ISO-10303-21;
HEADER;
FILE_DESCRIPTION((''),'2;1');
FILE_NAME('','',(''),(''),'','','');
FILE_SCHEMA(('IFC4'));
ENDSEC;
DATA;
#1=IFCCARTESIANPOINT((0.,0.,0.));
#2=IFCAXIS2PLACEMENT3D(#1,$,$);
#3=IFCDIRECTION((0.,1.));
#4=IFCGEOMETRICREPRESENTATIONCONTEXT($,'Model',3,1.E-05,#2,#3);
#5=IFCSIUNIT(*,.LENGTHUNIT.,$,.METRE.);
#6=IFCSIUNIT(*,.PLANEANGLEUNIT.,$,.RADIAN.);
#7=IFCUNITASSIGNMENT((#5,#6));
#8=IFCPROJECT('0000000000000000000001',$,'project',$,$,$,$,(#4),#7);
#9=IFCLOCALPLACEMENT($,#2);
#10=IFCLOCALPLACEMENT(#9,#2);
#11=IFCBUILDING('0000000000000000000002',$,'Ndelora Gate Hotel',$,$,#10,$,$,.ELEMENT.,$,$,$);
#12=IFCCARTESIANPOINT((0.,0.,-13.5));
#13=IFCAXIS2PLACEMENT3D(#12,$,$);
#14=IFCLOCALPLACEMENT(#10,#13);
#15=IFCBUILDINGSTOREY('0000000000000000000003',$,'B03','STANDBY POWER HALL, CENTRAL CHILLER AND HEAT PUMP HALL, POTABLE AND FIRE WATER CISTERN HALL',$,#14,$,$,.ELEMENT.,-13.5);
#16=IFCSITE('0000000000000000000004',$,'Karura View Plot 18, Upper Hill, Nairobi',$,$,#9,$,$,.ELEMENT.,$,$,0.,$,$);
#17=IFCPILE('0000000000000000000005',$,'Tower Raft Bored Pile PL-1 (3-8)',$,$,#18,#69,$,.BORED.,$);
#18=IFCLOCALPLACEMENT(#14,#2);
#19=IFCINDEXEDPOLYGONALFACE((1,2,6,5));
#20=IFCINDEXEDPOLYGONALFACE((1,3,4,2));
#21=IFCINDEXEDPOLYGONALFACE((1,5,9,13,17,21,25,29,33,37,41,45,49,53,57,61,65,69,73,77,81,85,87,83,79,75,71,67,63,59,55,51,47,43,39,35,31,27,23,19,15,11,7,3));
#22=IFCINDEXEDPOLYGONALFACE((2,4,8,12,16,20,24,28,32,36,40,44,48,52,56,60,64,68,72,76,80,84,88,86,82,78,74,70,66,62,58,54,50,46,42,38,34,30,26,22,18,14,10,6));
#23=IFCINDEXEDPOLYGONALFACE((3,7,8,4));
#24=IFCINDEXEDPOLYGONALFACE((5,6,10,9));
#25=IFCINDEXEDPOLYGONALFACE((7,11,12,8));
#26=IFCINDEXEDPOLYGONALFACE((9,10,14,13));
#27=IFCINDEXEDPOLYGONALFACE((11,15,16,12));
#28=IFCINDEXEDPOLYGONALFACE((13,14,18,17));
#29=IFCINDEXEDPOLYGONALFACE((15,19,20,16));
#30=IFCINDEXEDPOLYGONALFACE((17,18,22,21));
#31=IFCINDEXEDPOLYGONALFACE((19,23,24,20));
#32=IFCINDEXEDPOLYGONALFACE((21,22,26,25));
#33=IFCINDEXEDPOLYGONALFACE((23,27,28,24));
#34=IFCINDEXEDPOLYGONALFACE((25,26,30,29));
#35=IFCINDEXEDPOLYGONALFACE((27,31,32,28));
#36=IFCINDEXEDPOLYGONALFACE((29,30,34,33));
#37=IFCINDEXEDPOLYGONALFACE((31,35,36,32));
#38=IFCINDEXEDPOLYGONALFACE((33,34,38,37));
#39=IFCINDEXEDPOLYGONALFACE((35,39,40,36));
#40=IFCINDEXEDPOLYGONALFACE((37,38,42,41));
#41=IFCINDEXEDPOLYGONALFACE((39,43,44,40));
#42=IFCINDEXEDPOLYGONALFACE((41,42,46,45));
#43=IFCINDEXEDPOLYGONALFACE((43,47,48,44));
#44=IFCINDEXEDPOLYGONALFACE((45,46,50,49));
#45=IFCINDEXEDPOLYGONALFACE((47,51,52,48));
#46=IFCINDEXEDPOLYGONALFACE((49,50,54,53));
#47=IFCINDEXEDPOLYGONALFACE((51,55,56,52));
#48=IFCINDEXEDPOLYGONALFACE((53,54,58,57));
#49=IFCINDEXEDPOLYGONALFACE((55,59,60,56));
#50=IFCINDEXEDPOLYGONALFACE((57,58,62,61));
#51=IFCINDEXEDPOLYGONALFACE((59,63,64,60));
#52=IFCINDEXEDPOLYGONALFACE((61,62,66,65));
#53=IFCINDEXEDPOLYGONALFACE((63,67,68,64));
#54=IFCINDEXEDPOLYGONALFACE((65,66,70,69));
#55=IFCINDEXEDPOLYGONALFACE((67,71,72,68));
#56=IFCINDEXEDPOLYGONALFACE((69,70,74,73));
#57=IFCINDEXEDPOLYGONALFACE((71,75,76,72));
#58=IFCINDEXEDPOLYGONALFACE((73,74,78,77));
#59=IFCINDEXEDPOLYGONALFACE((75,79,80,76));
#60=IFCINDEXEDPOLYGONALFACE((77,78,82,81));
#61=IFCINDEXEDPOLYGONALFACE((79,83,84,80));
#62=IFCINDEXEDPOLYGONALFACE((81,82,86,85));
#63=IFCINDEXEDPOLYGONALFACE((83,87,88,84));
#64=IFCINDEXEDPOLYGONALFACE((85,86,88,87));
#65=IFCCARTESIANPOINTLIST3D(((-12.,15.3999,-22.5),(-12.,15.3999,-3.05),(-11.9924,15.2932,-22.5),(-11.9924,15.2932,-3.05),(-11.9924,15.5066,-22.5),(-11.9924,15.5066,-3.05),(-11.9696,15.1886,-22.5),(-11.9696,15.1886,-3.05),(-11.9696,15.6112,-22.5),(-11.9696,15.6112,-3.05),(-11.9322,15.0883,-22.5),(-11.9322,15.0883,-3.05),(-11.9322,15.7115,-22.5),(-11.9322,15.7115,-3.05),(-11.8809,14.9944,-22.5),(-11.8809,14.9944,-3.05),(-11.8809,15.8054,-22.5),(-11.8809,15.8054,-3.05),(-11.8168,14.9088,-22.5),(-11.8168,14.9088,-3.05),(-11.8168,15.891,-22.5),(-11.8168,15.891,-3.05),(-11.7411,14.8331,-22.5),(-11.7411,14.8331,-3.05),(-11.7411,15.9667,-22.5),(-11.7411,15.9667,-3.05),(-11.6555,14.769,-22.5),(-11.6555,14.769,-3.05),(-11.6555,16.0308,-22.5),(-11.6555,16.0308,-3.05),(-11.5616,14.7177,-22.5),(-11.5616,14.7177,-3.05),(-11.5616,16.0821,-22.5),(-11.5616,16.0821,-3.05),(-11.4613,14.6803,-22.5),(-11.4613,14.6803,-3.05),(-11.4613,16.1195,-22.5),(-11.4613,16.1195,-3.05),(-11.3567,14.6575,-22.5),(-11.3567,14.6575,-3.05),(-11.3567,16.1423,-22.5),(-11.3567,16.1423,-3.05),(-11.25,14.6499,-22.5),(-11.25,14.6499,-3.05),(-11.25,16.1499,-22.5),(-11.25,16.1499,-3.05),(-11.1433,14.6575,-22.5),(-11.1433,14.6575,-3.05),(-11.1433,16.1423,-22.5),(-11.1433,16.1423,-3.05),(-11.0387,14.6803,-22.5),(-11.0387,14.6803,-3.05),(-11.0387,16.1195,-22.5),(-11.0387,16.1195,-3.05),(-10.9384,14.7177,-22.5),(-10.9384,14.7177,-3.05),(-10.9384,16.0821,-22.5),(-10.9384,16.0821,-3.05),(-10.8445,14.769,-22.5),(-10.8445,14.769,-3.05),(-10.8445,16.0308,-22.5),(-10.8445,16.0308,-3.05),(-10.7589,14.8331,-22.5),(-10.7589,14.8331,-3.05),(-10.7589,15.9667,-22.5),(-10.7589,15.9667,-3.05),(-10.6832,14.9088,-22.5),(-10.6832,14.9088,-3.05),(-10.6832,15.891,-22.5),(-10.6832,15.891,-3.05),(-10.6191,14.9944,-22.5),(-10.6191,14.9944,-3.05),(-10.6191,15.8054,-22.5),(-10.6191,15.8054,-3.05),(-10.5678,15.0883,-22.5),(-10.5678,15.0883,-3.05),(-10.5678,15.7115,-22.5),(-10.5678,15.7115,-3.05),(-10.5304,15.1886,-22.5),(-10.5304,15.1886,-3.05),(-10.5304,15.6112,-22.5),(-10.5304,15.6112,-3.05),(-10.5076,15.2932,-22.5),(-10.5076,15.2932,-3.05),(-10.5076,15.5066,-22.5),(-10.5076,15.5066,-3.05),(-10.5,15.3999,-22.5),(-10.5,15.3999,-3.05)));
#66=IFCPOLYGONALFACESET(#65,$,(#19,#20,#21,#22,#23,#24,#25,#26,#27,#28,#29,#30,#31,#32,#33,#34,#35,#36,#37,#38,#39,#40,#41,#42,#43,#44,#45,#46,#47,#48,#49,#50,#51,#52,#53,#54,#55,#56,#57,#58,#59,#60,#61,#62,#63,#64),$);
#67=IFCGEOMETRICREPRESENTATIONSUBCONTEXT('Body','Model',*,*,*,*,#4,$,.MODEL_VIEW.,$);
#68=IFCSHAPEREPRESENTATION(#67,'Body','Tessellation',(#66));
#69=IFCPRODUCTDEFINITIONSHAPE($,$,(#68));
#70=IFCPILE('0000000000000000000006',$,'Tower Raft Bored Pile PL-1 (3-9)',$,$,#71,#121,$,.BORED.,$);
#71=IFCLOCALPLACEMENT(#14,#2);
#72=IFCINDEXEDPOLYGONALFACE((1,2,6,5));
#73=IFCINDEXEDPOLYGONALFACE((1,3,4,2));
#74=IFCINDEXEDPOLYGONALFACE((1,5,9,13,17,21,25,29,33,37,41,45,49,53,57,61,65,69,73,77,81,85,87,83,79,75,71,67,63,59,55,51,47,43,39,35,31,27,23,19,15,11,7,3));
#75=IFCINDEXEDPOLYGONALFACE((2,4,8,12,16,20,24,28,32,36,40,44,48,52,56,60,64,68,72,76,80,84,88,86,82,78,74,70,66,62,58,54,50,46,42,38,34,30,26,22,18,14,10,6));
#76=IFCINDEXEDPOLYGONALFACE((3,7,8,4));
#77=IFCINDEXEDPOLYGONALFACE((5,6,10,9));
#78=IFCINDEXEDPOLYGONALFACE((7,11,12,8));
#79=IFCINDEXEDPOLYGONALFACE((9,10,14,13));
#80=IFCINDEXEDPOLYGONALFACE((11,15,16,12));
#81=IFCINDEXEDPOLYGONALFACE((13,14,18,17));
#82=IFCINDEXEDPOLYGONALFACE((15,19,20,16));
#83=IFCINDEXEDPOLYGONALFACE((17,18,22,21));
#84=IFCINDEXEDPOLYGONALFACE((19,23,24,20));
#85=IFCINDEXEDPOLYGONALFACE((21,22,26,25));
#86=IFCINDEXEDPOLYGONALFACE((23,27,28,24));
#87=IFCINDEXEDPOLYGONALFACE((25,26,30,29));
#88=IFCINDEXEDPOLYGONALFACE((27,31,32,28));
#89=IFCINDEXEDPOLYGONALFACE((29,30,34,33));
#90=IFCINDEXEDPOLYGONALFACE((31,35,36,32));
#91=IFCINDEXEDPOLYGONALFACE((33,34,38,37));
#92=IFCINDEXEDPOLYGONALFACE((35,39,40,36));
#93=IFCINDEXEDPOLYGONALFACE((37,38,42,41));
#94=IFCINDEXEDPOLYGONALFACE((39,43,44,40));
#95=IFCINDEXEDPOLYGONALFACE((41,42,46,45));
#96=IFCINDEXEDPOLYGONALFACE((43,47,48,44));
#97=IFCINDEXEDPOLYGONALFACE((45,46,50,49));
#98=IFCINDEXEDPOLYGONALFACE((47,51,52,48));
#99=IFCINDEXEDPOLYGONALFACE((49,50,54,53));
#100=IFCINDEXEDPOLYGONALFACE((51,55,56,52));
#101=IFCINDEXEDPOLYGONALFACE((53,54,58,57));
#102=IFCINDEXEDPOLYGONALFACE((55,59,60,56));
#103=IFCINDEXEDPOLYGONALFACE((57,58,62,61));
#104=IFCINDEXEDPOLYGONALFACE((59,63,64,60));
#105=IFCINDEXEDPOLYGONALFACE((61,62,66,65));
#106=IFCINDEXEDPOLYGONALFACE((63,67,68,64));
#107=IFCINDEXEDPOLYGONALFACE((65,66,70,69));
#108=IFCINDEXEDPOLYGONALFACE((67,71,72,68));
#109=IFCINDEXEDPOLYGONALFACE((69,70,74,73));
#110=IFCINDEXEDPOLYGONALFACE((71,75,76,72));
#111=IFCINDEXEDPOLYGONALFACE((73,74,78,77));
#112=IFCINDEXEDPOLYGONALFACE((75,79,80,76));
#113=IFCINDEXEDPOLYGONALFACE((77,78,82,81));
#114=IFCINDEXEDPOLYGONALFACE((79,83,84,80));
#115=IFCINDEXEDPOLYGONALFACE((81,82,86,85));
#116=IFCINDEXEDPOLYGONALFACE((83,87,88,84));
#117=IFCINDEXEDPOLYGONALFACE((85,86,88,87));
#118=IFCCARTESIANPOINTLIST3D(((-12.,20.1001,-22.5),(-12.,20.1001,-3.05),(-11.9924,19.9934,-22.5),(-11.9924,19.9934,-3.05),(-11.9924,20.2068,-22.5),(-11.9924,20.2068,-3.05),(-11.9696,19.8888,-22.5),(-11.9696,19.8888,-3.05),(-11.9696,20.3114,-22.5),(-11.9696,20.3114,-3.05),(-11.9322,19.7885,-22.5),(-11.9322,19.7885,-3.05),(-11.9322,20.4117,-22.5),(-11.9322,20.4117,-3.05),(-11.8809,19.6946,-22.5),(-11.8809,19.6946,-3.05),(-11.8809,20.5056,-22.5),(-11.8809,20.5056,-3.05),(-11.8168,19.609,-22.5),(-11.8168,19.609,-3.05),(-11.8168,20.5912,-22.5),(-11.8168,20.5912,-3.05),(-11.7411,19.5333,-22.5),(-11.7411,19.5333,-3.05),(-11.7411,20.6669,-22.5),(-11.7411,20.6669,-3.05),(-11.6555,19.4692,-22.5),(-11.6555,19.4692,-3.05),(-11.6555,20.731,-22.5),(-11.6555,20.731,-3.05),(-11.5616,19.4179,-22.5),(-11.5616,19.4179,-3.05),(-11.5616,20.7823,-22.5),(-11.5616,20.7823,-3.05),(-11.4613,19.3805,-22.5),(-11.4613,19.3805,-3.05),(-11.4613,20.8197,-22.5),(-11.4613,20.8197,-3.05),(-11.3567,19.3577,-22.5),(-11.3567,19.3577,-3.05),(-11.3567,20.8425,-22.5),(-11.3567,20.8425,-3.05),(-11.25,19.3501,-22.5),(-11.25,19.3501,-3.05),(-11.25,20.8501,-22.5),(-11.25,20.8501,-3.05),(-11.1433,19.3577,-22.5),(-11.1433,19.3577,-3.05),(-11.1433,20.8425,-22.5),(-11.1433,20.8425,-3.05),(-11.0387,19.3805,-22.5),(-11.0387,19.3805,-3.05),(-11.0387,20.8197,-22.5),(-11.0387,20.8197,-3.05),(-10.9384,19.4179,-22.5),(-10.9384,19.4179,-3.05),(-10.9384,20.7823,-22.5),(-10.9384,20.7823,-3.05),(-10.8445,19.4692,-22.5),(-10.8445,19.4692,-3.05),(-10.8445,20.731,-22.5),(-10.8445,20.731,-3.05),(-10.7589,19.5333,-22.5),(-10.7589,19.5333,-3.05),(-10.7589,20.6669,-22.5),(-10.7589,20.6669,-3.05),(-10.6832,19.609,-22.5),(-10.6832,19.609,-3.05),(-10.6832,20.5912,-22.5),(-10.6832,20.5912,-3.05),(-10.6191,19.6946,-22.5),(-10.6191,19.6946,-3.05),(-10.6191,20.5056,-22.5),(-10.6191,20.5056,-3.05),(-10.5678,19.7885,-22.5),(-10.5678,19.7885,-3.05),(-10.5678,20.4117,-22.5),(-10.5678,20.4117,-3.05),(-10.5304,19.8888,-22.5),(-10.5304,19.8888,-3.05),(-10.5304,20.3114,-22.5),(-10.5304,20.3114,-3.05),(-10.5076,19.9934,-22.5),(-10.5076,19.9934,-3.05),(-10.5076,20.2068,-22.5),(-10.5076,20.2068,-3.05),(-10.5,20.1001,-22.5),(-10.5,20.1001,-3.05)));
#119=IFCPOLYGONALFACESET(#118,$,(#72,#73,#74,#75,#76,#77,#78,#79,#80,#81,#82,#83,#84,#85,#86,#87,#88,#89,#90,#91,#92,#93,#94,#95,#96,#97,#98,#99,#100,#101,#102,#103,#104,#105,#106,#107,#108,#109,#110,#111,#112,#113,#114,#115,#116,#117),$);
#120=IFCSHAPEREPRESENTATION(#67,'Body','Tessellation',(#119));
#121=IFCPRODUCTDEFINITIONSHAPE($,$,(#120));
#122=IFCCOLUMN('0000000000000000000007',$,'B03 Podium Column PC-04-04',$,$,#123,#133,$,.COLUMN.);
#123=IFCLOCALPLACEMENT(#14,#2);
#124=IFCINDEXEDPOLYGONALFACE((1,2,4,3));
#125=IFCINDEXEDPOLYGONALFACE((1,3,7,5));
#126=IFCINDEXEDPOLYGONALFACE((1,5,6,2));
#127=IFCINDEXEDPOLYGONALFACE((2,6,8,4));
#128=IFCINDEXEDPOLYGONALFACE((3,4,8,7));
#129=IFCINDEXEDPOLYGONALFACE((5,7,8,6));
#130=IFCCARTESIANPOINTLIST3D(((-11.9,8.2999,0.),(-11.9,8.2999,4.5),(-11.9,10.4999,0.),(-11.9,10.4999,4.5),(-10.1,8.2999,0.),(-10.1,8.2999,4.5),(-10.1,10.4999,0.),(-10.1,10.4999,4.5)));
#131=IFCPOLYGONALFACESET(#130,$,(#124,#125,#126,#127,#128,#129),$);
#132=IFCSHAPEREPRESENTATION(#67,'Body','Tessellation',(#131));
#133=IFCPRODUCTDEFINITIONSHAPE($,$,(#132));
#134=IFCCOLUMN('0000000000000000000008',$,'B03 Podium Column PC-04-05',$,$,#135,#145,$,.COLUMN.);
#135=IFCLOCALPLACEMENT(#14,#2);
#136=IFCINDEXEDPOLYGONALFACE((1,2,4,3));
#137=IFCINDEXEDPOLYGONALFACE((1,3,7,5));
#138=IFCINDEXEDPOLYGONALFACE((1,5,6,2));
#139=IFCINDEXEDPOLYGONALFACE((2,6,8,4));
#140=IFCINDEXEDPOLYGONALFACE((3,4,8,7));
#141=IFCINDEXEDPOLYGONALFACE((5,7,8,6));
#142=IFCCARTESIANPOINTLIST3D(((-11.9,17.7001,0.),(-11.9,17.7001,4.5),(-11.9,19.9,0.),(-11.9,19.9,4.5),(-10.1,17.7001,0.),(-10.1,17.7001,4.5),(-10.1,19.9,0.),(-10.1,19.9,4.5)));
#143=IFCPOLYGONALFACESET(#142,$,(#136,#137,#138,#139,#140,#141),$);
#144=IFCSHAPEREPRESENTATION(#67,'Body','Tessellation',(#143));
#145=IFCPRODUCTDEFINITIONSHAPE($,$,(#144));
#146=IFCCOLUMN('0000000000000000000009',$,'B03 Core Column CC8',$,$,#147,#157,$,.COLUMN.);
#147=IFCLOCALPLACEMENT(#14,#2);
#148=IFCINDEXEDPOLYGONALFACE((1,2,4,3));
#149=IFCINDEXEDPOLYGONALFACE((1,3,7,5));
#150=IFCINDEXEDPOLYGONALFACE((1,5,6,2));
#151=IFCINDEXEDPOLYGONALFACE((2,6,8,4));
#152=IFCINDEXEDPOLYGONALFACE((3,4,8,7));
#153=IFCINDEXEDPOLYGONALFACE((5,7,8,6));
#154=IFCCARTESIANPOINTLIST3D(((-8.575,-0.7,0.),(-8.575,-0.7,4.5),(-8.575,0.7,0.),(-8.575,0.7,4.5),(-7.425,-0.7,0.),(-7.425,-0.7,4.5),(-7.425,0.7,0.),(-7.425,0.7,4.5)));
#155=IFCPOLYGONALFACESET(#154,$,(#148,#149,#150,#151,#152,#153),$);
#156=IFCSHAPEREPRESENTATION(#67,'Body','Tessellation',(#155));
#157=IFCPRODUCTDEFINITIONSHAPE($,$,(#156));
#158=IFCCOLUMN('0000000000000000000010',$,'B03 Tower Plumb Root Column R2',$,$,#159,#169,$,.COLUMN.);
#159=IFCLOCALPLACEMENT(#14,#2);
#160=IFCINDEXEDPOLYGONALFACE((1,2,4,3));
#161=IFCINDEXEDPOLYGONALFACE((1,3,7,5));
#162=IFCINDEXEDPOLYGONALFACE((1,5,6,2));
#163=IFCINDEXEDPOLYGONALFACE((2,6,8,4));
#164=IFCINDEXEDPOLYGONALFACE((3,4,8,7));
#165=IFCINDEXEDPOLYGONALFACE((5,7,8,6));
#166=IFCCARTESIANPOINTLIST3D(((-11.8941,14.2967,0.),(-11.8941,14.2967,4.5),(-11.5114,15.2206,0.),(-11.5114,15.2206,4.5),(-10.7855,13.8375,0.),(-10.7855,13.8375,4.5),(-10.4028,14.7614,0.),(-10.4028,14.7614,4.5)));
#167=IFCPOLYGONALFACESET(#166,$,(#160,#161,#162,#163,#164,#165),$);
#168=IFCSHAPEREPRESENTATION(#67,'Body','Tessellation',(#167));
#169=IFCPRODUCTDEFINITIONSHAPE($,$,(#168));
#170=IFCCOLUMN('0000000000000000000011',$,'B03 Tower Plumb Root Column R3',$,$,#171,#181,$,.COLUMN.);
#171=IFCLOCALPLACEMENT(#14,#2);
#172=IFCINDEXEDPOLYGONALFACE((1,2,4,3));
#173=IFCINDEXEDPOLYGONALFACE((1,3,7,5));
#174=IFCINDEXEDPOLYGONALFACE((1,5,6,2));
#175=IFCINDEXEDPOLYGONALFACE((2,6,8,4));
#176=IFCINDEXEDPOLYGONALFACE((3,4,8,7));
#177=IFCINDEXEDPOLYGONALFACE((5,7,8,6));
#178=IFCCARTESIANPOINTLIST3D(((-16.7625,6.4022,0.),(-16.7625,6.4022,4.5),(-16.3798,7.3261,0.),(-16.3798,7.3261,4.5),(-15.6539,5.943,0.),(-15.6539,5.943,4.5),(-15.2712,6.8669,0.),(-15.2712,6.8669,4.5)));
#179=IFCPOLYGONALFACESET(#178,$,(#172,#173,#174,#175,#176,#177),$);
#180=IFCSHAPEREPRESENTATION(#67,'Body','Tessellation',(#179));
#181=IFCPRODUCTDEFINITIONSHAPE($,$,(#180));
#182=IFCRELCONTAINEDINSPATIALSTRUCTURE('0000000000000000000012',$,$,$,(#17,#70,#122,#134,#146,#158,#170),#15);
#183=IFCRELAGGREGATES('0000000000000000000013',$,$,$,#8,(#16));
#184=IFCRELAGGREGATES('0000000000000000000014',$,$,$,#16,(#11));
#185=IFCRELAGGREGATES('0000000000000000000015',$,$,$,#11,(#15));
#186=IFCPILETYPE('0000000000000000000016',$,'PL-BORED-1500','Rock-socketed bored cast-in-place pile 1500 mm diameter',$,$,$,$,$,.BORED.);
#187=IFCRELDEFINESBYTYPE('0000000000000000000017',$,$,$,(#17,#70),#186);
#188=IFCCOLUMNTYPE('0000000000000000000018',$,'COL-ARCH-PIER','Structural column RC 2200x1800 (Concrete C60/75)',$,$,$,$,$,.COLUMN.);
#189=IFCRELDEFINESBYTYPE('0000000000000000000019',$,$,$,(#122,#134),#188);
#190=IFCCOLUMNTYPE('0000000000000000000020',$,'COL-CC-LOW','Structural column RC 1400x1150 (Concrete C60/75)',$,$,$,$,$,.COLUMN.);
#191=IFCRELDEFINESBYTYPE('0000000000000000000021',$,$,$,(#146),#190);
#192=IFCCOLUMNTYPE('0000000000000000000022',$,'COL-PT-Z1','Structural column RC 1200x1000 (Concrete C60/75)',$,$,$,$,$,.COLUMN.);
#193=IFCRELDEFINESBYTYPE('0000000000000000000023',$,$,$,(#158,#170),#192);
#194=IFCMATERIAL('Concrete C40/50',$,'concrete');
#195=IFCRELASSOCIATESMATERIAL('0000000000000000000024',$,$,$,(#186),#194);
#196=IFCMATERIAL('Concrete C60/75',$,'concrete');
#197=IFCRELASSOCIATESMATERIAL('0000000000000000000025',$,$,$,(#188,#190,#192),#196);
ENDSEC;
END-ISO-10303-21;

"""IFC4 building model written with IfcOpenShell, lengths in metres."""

from ifc_helpers import new_model, si_unit, direction, frame, origin, origin_2d, place, context, subcontext, project, spatial, rectangle, circle, extrude, material, material_profile, profile_set, type_object, element, save


model = new_model("IFC4")

# Units and contexts
model_context = context("Model", 3, precision=1e-05, world=origin(), true_north=direction((0.0, 1.0)))
body_context = subcontext(model_context, "Body", "Model", "MODEL_VIEW")
ifc_project = project(units=[si_unit("LENGTHUNIT", "METRE"), si_unit("PLANEANGLEUNIT", "RADIAN")], contexts=[model_context])

# Site, building, storey
site_placement = place(None, origin())
site = spatial("IfcSite", under=ifc_project, at=site_placement, Name="Karura View Plot 18, Upper Hill, Nairobi", CompositionType="ELEMENT", RefElevation=0.0)
building_placement = place(site_placement, origin())
building = spatial("IfcBuilding", under=site, at=building_placement, Name="Ndelora Gate Hotel", CompositionType="ELEMENT")
storey_placement = place(building_placement, frame((0.0, 0.0, -13.5)))
storey = spatial("IfcBuildingStorey", under=building, at=storey_placement, Name="B03", Description="STANDBY POWER HALL, CENTRAL CHILLER AND HEAT PUMP HALL, POTABLE AND FIRE WATER CISTERN HALL", CompositionType="ELEMENT", Elevation=-13.5)

# Piles
ifc_material_1 = material(Name="Concrete C40/50", Category="concrete")
ifc_material_profile_1 = material_profile(ifc_material_1, circle(Radius=0.75, at=origin_2d()), Name="PILE D1500")
ifc_profile_set_1 = profile_set([ifc_material_profile_1], Name="Concrete C40/50")
pile_type = type_object("IfcPileType", Name="PL-BORED-1500", Description="Rock-socketed bored cast-in-place pile 1500 mm diameter", PredefinedType="BORED", material=ifc_profile_set_1)
for number, where, z_axis, x_axis, name in (
    (1, (-11.25, 15.3999, -3.05), (0.0, 0.0, -1.0), (1.0, 0.0, 0.0), "Tower Raft Bored Pile PL-1 (3-8)"),
    (2, (-11.25, 20.1001, -3.05), (0.0, 0.0, -1.0), (1.0, 0.0, 0.0), "Tower Raft Bored Pile PL-1 (3-9)"),
):
    element("IfcPile", number, at=place(storey_placement, frame(where, z_axis=z_axis, x_axis=x_axis)), inside=storey, type_object=pile_type, Name=name, PredefinedType="BORED", context=body_context, shape_type="SweptSolid", body=[
        extrude(circle(Radius=0.75, at=origin_2d()), origin(), (0.0, 0.0, 1.0), 19.45),
    ])

# Columns
ifc_material_2 = material(Name="Concrete C60/75", Category="concrete")
ifc_material_profile_2 = material_profile(ifc_material_2, rectangle(XDim=1.8, YDim=2.2, at=origin_2d()), Name="RC 2200x1800")
ifc_profile_set_2 = profile_set([ifc_material_profile_2], Name="Concrete C60/75")
column_type_1 = type_object("IfcColumnType", Name="COL-ARCH-PIER", Description="Structural column RC 2200x1800 (Concrete C60/75)", PredefinedType="COLUMN", material=ifc_profile_set_2)
for number, where, z_axis, x_axis, name in (
    (3, (-11.0, 9.3999, 0.0), (0.0, 0.0, 1.0), (1.0, 0.0, 0.0), "B03 Podium Column PC-04-04"),
    (4, (-11.0, 18.8, 0.0), (0.0, 0.0, 1.0), (1.0, 0.0, 0.0), "B03 Podium Column PC-04-05"),
):
    element("IfcColumn", number, at=place(storey_placement, frame(where, z_axis=z_axis, x_axis=x_axis)), inside=storey, type_object=column_type_1, Name=name, PredefinedType="COLUMN", context=body_context, shape_type="SweptSolid", body=[
        extrude(rectangle(XDim=1.8, YDim=2.2, at=origin_2d()), origin(), (0.0, 0.0, 1.0), 4.5),
    ])
ifc_material_profile_3 = material_profile(ifc_material_2, rectangle(XDim=1.1499, YDim=1.3999, at=origin_2d()), Name="RC 1400x1150")
ifc_profile_set_3 = profile_set([ifc_material_profile_3], Name="Concrete C60/75")
column_type_2 = type_object("IfcColumnType", Name="COL-CC-LOW", Description="Structural column RC 1400x1150 (Concrete C60/75)", PredefinedType="COLUMN", material=ifc_profile_set_3)
column_placement = place(storey_placement, frame((-8.0, 0.0, 0.0), z_axis=(0.0, 0.0, 1.0), x_axis=(1.0, 0.0, 0.0)))
element("IfcColumn", 5, at=column_placement, inside=storey, type_object=column_type_2, Name="B03 Core Column CC8", PredefinedType="COLUMN", context=body_context, shape_type="SweptSolid", body=[
    extrude(rectangle(XDim=1.1499, YDim=1.3999, at=origin_2d()), origin(), (0.0, 0.0, 1.0), 4.5),
])
ifc_material_profile_4 = material_profile(ifc_material_2, rectangle(XDim=1.0, YDim=1.2, at=origin_2d()), Name="RC 1200x1000")
ifc_profile_set_4 = profile_set([ifc_material_profile_4], Name="Concrete C60/75")
column_type_3 = type_object("IfcColumnType", Name="COL-PT-Z1", Description="Structural column RC 1200x1000 (Concrete C60/75)", PredefinedType="COLUMN", material=ifc_profile_set_4)
for number, where, z_axis, x_axis, name in (
    (6, (-11.1484, 14.5291, 0.0), (0.0, 0.0, 1.0), (0.382683, 0.92388, 0.0), "B03 Tower Plumb Root Column R2"),
    (7, (-16.0168, 6.6345, 0.0), (0.0, 0.0, 1.0), (0.382683, 0.92388, 0.0), "B03 Tower Plumb Root Column R3"),
):
    element("IfcColumn", number, at=place(storey_placement, frame(where, z_axis=z_axis, x_axis=x_axis)), inside=storey, type_object=column_type_3, Name=name, PredefinedType="COLUMN", context=body_context, shape_type="SweptSolid", body=[
        extrude(rectangle(XDim=1.0, YDim=1.2, at=origin_2d()), origin(), (0.0, 0.0, 1.0), 4.5),
    ])

save(model, "model.ifc")
